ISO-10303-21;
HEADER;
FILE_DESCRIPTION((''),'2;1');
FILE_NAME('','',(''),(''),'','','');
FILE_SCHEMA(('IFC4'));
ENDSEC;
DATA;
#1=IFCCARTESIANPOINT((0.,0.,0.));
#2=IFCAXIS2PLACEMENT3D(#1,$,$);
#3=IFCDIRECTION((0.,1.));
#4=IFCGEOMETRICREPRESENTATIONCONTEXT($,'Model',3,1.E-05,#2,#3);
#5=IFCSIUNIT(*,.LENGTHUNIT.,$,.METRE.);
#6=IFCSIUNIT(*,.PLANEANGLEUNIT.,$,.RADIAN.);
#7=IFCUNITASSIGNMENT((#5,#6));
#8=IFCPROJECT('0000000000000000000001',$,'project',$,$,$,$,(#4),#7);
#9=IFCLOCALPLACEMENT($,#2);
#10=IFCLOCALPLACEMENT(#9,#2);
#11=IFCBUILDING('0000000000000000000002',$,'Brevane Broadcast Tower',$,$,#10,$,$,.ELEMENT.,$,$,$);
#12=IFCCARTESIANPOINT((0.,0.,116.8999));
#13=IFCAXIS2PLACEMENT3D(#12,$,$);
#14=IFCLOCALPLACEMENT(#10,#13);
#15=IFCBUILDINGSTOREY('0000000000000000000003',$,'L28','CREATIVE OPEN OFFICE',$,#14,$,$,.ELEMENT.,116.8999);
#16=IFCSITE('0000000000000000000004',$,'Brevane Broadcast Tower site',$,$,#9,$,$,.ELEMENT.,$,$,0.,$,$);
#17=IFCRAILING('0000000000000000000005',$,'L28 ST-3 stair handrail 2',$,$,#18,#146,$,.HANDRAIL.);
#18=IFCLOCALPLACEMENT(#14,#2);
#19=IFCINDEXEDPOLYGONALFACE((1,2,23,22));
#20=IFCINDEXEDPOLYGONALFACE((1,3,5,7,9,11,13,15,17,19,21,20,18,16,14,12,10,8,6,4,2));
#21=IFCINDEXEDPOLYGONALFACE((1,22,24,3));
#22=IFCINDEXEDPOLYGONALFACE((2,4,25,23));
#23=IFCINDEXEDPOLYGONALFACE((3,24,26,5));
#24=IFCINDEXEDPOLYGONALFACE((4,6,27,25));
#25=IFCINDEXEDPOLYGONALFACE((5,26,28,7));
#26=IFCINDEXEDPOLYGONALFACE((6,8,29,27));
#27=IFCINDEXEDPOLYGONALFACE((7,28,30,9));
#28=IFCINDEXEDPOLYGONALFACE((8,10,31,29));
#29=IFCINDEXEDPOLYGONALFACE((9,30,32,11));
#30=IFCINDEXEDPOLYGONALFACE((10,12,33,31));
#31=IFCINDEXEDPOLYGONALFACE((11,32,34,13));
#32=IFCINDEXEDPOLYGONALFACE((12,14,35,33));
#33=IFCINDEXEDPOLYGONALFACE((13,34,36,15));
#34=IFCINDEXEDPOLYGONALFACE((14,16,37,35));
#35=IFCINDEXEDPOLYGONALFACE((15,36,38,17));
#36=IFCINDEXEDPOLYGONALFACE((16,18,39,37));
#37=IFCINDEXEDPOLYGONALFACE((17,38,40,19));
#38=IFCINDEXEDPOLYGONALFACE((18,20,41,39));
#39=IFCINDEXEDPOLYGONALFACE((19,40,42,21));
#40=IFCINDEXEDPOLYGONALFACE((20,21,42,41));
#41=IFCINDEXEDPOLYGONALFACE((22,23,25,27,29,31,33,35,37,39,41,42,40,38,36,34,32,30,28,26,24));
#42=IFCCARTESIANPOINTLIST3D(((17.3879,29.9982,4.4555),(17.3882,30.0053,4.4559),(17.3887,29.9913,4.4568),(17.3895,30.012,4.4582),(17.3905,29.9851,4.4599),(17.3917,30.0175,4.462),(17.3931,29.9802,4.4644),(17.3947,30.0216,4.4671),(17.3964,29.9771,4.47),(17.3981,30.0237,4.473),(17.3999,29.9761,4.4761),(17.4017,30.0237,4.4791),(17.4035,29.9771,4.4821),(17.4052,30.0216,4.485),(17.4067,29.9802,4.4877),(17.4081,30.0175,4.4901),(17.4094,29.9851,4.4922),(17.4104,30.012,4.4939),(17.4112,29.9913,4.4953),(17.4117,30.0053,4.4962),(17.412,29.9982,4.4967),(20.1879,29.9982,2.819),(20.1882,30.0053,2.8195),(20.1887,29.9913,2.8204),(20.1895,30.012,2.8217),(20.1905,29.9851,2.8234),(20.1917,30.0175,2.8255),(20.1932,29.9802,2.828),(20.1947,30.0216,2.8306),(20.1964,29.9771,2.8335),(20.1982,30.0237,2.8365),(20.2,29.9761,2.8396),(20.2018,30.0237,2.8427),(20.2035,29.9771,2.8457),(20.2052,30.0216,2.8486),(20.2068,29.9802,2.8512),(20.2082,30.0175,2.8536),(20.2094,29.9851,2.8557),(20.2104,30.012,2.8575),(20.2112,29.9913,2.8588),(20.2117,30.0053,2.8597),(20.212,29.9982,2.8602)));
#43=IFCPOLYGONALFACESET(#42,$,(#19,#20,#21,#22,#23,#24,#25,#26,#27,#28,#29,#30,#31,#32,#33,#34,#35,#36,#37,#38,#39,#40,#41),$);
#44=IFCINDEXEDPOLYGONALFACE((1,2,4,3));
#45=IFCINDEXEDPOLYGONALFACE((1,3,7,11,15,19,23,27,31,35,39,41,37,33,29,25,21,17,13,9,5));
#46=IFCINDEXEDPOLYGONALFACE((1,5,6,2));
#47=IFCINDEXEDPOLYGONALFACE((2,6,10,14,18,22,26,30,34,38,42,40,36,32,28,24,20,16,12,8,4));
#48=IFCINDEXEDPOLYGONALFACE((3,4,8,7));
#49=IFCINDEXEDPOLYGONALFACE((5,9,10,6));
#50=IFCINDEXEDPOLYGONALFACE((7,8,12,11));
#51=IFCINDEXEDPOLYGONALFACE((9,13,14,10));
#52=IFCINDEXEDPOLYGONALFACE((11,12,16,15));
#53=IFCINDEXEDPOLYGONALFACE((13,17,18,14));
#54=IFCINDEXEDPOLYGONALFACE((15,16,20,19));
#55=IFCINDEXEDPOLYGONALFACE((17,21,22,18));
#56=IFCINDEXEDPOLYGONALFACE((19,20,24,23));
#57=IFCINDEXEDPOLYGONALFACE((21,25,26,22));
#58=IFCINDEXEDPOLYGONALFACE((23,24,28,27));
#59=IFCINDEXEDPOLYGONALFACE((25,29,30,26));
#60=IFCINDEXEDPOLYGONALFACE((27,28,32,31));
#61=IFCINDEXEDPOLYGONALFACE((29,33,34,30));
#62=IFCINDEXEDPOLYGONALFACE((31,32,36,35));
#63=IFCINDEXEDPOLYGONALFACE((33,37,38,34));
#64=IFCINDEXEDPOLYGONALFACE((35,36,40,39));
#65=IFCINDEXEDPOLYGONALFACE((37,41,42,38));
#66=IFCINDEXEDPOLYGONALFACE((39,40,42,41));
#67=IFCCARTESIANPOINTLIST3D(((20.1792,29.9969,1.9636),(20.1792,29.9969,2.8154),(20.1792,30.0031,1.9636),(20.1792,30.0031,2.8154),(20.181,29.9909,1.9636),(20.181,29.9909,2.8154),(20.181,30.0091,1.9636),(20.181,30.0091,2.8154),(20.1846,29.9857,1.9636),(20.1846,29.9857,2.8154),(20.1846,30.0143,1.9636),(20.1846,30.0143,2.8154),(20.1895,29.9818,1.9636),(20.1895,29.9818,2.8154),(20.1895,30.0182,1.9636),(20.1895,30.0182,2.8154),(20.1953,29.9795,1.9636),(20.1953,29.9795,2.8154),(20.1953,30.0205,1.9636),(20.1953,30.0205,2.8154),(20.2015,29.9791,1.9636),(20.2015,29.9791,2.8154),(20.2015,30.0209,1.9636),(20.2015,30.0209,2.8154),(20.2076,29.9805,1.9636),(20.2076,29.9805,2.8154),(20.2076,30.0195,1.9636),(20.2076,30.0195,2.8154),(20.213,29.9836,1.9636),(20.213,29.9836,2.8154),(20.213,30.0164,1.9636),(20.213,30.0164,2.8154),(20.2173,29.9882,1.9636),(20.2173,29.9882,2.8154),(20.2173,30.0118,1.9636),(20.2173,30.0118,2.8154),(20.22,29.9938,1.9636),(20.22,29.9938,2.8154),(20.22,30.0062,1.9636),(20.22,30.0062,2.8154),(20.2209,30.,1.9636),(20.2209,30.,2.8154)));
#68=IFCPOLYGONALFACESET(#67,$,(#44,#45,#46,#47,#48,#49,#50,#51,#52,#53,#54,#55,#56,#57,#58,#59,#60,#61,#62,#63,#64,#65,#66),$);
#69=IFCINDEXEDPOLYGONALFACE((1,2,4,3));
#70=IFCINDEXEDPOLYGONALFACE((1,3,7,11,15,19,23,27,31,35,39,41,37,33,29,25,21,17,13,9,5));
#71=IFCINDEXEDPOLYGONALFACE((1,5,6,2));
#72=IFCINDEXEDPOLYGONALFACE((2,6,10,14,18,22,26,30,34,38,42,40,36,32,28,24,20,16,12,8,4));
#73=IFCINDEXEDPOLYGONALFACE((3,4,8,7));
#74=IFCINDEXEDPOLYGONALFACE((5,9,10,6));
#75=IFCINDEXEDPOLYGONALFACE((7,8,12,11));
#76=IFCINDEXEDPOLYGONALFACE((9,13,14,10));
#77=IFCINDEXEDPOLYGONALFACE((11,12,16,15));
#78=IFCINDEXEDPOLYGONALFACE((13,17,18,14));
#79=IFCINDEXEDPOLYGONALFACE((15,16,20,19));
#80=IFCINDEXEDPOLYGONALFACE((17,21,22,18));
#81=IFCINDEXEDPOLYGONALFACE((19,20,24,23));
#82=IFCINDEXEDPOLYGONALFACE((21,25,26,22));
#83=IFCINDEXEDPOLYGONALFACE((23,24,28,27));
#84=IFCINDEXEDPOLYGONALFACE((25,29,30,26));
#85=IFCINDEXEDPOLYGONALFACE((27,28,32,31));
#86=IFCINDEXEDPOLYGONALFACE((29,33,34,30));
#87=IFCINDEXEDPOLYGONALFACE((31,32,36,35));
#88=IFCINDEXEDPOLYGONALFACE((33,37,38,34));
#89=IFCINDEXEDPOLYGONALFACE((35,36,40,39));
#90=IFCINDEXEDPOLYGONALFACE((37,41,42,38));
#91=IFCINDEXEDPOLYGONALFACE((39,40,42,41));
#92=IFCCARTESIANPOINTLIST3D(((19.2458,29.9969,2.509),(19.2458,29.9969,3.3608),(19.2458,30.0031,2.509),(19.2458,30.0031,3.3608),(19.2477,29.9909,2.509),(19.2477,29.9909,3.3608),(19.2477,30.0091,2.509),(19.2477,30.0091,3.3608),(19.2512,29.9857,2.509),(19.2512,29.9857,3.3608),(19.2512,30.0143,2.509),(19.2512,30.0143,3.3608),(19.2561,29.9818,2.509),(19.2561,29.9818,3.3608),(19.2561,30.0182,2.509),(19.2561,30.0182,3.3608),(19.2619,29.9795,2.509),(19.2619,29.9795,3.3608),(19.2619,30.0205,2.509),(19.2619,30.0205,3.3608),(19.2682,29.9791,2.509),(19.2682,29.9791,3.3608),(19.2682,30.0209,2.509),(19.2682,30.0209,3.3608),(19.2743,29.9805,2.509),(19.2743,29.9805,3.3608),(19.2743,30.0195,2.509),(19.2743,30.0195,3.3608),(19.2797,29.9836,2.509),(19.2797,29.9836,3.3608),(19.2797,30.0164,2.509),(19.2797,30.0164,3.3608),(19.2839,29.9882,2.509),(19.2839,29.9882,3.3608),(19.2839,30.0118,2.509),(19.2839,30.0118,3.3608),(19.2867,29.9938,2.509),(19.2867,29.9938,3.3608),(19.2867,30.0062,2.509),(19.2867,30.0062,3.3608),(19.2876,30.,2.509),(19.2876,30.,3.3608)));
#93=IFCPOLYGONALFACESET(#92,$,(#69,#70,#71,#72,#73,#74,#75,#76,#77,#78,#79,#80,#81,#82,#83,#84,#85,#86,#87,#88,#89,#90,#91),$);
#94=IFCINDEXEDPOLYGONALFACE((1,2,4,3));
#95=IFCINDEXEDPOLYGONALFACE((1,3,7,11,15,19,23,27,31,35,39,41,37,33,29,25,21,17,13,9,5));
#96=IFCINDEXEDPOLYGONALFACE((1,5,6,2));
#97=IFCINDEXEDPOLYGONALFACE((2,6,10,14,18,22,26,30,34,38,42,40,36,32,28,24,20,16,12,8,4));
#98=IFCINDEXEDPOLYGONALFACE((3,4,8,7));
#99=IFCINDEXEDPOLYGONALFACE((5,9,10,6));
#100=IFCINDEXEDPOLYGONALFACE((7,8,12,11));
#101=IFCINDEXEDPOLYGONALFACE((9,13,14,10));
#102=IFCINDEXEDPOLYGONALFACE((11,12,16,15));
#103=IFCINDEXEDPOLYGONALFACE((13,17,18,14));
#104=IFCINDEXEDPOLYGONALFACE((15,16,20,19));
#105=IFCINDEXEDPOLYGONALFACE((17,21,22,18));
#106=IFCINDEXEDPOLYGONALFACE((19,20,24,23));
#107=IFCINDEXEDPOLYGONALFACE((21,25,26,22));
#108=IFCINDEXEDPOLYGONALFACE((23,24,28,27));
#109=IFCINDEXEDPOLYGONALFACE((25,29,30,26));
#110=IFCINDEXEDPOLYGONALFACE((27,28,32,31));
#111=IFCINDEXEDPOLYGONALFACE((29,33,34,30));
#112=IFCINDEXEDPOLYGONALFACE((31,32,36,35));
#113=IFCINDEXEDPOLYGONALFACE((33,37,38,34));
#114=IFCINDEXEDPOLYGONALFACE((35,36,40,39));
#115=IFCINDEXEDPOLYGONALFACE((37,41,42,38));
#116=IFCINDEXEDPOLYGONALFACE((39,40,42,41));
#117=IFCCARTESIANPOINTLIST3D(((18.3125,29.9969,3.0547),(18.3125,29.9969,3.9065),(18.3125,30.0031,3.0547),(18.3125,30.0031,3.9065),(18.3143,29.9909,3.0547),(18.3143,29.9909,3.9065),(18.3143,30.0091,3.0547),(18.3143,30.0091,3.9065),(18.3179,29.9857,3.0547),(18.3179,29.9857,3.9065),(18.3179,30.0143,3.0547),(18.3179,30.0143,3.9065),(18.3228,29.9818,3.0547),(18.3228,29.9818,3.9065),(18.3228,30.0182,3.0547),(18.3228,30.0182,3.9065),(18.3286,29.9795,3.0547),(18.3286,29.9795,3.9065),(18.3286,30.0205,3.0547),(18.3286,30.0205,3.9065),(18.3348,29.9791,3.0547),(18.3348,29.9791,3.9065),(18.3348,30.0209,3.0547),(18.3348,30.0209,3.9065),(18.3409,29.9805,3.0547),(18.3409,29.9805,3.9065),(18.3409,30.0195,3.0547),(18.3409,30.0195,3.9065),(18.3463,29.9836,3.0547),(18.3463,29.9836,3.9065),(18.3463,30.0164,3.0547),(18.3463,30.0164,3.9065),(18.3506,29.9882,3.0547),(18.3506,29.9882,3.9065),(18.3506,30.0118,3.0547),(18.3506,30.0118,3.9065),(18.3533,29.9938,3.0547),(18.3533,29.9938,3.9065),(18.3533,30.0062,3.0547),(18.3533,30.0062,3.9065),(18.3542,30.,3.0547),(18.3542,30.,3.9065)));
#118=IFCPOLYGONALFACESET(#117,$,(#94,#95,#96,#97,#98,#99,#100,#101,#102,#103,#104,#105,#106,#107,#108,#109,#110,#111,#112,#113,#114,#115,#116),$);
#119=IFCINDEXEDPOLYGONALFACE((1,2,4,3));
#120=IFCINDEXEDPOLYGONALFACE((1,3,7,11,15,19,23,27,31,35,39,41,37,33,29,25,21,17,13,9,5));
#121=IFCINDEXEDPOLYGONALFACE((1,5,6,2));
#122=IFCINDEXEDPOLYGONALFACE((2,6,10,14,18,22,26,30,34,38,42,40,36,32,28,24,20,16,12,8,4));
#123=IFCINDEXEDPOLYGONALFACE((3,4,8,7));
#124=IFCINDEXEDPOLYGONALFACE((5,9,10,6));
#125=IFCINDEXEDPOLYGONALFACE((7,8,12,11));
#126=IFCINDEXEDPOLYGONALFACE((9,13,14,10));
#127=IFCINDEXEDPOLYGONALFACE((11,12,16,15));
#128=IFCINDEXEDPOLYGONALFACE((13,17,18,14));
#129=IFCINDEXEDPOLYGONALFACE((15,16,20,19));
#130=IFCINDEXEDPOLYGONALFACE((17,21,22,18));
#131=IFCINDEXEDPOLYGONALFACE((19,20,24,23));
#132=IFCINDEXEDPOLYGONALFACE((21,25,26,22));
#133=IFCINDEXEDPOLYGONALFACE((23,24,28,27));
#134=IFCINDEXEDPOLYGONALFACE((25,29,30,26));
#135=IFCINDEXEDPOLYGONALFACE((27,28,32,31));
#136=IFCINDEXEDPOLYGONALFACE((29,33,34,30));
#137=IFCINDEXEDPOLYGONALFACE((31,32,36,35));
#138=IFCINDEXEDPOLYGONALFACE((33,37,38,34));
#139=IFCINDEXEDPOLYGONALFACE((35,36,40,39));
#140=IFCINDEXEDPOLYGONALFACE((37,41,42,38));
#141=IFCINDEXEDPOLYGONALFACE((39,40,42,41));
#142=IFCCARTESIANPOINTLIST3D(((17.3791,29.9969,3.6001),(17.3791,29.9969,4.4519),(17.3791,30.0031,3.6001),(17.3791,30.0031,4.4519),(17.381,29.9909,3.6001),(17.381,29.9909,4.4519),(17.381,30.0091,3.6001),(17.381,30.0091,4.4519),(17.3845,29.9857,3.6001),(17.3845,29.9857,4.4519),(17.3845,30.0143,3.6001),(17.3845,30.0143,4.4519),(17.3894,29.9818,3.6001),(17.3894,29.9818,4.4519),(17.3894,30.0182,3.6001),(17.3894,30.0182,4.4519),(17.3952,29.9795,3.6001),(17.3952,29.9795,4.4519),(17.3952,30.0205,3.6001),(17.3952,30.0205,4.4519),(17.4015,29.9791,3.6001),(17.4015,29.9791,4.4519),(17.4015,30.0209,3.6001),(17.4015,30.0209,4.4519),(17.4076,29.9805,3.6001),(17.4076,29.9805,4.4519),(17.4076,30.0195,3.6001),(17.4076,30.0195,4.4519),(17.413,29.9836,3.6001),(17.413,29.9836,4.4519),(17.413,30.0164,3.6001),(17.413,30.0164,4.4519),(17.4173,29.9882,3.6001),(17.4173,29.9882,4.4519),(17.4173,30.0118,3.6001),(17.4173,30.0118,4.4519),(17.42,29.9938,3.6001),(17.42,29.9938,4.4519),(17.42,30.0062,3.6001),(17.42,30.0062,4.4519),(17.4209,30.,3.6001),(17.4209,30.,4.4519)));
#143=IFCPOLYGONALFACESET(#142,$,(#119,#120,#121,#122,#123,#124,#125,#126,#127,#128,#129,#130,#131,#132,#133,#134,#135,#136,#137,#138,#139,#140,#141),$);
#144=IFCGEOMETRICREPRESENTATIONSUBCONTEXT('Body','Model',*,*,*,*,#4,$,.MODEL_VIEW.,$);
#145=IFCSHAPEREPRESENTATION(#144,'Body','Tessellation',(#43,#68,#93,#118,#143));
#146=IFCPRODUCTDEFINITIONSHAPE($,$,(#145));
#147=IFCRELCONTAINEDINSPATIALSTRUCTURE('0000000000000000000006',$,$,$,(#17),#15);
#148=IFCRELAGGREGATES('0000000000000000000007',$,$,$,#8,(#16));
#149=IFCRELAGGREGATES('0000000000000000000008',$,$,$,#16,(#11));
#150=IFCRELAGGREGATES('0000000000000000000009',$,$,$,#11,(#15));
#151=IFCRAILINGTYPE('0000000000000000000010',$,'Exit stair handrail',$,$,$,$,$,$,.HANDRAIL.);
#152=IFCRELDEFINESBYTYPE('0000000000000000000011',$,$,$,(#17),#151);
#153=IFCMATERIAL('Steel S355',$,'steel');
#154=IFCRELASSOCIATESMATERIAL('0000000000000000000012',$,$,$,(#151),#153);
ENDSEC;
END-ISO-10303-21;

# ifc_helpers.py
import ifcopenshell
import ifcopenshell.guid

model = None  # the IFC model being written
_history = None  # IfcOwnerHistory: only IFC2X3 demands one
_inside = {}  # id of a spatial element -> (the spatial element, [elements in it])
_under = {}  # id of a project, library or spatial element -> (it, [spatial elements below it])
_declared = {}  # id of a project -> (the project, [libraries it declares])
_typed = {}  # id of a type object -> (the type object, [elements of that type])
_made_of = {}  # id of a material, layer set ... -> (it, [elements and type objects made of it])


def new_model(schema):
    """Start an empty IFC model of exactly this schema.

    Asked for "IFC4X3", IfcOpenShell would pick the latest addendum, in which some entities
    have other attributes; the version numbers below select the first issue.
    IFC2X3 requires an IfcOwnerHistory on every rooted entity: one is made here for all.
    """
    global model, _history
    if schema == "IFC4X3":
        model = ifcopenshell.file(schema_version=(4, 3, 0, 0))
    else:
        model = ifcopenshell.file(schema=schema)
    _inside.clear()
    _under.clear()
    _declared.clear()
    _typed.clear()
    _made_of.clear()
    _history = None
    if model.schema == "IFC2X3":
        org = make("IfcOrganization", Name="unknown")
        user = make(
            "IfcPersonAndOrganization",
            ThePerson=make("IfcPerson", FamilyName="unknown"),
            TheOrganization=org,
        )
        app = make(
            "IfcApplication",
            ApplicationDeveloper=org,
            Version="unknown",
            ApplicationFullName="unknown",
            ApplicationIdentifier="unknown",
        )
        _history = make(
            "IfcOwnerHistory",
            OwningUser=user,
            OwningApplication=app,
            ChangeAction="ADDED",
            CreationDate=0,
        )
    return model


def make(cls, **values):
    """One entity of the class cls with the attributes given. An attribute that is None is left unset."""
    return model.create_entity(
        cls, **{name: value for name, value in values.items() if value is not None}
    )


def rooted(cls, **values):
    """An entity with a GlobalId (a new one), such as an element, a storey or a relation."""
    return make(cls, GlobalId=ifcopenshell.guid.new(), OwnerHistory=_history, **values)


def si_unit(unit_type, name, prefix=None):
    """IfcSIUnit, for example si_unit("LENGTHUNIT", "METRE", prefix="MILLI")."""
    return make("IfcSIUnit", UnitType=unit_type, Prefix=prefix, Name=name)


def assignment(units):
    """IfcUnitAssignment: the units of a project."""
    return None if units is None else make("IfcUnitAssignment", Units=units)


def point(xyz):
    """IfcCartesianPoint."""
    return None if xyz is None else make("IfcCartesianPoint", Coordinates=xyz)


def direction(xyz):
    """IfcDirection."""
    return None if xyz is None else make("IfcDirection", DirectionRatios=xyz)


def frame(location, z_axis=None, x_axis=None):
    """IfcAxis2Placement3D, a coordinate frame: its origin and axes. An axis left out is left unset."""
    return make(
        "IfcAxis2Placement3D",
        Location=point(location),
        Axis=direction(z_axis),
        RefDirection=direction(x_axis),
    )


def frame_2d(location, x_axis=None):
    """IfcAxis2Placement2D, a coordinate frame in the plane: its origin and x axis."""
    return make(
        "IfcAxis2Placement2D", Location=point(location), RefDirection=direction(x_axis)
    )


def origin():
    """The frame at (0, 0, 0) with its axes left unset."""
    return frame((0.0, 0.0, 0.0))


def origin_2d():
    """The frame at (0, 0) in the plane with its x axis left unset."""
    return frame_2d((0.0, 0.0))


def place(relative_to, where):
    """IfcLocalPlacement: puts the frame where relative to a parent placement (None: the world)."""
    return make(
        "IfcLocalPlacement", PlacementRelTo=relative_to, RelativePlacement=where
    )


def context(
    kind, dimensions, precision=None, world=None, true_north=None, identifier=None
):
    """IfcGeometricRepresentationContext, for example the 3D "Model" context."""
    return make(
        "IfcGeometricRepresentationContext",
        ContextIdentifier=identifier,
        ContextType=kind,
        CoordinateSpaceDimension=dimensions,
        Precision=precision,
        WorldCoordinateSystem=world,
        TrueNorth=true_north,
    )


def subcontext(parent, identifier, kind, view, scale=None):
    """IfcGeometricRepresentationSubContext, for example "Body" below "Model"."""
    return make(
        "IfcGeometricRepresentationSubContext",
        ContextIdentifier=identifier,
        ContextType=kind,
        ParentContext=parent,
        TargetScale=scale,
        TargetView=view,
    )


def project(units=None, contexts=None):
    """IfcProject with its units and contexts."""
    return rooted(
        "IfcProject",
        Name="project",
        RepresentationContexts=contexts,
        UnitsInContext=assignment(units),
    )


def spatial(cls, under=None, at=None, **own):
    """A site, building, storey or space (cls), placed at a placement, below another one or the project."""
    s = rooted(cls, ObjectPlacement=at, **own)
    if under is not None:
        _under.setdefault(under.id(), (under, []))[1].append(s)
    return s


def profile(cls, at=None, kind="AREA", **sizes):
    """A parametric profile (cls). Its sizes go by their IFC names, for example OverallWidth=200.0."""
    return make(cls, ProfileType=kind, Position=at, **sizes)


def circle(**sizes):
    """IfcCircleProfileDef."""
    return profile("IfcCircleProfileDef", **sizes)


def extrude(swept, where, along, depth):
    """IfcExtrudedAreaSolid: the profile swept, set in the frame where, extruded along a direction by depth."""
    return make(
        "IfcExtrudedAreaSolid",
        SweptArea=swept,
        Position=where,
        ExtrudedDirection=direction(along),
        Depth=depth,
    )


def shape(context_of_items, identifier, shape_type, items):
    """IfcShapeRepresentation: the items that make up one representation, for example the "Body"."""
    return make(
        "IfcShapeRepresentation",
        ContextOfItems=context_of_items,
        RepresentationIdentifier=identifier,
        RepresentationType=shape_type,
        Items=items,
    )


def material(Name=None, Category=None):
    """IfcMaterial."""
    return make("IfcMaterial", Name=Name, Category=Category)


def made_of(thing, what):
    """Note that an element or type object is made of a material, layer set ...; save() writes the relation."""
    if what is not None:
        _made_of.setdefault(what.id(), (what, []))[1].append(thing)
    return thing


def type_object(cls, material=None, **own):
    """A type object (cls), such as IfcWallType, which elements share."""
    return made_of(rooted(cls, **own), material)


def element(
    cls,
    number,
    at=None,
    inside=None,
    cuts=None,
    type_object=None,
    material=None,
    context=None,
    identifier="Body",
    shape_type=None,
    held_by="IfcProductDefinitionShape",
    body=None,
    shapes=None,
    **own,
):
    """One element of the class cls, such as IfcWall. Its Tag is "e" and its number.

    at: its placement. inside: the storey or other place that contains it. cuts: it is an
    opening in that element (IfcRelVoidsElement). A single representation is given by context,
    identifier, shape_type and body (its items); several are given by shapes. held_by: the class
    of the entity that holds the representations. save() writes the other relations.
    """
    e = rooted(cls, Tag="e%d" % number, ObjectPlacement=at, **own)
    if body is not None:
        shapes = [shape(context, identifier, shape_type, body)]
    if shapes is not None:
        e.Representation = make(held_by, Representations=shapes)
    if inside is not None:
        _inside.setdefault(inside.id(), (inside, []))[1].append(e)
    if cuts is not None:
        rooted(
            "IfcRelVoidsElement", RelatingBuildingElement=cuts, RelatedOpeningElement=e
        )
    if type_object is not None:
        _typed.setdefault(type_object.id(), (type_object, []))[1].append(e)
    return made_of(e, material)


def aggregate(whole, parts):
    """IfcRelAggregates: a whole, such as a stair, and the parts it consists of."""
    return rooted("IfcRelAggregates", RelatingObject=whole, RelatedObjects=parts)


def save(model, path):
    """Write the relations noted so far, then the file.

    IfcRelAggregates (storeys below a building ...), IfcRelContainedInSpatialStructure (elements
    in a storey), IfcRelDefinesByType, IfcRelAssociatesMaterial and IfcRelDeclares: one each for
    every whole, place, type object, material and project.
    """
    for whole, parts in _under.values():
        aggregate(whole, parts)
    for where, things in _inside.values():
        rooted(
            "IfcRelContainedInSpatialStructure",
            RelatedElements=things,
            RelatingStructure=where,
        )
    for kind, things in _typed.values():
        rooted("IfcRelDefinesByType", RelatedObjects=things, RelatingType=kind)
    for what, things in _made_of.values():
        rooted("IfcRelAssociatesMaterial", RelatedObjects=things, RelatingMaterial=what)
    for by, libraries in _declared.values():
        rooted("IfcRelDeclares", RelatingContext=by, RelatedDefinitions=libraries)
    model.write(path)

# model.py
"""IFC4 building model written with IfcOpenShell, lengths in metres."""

from ifc_helpers import new_model, si_unit, direction, frame, origin, origin_2d, place, context, subcontext, project, spatial, circle, extrude, material, type_object, element, save


model = new_model("IFC4")

# Units and contexts
model_context = context("Model", 3, precision=1e-05, world=origin(), true_north=direction((0.0, 1.0)))
body_context = subcontext(model_context, "Body", "Model", "MODEL_VIEW")
ifc_project = project(units=[si_unit("LENGTHUNIT", "METRE"), si_unit("PLANEANGLEUNIT", "RADIAN")], contexts=[model_context])

# Site, building, storey
site_placement = place(None, origin())
site = spatial("IfcSite", under=ifc_project, at=site_placement, Name="Brevane Broadcast Tower site", CompositionType="ELEMENT", RefElevation=0.0)
building_placement = place(site_placement, origin())
building = spatial("IfcBuilding", under=site, at=building_placement, Name="Brevane Broadcast Tower", CompositionType="ELEMENT")
storey_placement = place(building_placement, frame((0.0, 0.0, 116.8999)))
storey = spatial("IfcBuildingStorey", under=building, at=storey_placement, Name="L28", Description="CREATIVE OPEN OFFICE", CompositionType="ELEMENT", Elevation=116.8999)

# Railing
ifc_material_1 = material(Name="Steel S355", Category="steel")
railing_type_1 = type_object("IfcRailingType", Name="Exit stair handrail", PredefinedType="HANDRAIL", material=ifc_material_1)
railing_1_placement = place(storey_placement, frame((20.2, 30.0, 1.9636)))
element("IfcRailing", 1, at=railing_1_placement, inside=storey, type_object=railing_type_1, Name="L28 ST-3 stair handrail 2", PredefinedType="HANDRAIL", context=body_context, shape_type="SweptSolid", body=[
    extrude(circle(Radius=0.0239, at=origin_2d()), frame((0.0, 0.0, 0.876), z_axis=(-0.863361, 0.0, 0.504587), x_axis=(0.0, -1.0, 0.0)), (0.0, 0.0, 1.0), 3.2432),
    extrude(circle(Radius=0.021, at=origin_2d()), origin(), (0.0, 0.0, 1.0), 0.8518),
    extrude(circle(Radius=0.021, at=origin_2d()), frame((-0.9333, 0.0, 0.5454)), (0.0, 0.0, 1.0), 0.8518),
    extrude(circle(Radius=0.021, at=origin_2d()), frame((-1.8667, 0.0, 1.0911)), (0.0, 0.0, 1.0), 0.8518),
    extrude(circle(Radius=0.021, at=origin_2d()), frame((-2.8, 0.0, 1.6365)), (0.0, 0.0, 1.0), 0.8518),
])

save(model, "model.ifc")
